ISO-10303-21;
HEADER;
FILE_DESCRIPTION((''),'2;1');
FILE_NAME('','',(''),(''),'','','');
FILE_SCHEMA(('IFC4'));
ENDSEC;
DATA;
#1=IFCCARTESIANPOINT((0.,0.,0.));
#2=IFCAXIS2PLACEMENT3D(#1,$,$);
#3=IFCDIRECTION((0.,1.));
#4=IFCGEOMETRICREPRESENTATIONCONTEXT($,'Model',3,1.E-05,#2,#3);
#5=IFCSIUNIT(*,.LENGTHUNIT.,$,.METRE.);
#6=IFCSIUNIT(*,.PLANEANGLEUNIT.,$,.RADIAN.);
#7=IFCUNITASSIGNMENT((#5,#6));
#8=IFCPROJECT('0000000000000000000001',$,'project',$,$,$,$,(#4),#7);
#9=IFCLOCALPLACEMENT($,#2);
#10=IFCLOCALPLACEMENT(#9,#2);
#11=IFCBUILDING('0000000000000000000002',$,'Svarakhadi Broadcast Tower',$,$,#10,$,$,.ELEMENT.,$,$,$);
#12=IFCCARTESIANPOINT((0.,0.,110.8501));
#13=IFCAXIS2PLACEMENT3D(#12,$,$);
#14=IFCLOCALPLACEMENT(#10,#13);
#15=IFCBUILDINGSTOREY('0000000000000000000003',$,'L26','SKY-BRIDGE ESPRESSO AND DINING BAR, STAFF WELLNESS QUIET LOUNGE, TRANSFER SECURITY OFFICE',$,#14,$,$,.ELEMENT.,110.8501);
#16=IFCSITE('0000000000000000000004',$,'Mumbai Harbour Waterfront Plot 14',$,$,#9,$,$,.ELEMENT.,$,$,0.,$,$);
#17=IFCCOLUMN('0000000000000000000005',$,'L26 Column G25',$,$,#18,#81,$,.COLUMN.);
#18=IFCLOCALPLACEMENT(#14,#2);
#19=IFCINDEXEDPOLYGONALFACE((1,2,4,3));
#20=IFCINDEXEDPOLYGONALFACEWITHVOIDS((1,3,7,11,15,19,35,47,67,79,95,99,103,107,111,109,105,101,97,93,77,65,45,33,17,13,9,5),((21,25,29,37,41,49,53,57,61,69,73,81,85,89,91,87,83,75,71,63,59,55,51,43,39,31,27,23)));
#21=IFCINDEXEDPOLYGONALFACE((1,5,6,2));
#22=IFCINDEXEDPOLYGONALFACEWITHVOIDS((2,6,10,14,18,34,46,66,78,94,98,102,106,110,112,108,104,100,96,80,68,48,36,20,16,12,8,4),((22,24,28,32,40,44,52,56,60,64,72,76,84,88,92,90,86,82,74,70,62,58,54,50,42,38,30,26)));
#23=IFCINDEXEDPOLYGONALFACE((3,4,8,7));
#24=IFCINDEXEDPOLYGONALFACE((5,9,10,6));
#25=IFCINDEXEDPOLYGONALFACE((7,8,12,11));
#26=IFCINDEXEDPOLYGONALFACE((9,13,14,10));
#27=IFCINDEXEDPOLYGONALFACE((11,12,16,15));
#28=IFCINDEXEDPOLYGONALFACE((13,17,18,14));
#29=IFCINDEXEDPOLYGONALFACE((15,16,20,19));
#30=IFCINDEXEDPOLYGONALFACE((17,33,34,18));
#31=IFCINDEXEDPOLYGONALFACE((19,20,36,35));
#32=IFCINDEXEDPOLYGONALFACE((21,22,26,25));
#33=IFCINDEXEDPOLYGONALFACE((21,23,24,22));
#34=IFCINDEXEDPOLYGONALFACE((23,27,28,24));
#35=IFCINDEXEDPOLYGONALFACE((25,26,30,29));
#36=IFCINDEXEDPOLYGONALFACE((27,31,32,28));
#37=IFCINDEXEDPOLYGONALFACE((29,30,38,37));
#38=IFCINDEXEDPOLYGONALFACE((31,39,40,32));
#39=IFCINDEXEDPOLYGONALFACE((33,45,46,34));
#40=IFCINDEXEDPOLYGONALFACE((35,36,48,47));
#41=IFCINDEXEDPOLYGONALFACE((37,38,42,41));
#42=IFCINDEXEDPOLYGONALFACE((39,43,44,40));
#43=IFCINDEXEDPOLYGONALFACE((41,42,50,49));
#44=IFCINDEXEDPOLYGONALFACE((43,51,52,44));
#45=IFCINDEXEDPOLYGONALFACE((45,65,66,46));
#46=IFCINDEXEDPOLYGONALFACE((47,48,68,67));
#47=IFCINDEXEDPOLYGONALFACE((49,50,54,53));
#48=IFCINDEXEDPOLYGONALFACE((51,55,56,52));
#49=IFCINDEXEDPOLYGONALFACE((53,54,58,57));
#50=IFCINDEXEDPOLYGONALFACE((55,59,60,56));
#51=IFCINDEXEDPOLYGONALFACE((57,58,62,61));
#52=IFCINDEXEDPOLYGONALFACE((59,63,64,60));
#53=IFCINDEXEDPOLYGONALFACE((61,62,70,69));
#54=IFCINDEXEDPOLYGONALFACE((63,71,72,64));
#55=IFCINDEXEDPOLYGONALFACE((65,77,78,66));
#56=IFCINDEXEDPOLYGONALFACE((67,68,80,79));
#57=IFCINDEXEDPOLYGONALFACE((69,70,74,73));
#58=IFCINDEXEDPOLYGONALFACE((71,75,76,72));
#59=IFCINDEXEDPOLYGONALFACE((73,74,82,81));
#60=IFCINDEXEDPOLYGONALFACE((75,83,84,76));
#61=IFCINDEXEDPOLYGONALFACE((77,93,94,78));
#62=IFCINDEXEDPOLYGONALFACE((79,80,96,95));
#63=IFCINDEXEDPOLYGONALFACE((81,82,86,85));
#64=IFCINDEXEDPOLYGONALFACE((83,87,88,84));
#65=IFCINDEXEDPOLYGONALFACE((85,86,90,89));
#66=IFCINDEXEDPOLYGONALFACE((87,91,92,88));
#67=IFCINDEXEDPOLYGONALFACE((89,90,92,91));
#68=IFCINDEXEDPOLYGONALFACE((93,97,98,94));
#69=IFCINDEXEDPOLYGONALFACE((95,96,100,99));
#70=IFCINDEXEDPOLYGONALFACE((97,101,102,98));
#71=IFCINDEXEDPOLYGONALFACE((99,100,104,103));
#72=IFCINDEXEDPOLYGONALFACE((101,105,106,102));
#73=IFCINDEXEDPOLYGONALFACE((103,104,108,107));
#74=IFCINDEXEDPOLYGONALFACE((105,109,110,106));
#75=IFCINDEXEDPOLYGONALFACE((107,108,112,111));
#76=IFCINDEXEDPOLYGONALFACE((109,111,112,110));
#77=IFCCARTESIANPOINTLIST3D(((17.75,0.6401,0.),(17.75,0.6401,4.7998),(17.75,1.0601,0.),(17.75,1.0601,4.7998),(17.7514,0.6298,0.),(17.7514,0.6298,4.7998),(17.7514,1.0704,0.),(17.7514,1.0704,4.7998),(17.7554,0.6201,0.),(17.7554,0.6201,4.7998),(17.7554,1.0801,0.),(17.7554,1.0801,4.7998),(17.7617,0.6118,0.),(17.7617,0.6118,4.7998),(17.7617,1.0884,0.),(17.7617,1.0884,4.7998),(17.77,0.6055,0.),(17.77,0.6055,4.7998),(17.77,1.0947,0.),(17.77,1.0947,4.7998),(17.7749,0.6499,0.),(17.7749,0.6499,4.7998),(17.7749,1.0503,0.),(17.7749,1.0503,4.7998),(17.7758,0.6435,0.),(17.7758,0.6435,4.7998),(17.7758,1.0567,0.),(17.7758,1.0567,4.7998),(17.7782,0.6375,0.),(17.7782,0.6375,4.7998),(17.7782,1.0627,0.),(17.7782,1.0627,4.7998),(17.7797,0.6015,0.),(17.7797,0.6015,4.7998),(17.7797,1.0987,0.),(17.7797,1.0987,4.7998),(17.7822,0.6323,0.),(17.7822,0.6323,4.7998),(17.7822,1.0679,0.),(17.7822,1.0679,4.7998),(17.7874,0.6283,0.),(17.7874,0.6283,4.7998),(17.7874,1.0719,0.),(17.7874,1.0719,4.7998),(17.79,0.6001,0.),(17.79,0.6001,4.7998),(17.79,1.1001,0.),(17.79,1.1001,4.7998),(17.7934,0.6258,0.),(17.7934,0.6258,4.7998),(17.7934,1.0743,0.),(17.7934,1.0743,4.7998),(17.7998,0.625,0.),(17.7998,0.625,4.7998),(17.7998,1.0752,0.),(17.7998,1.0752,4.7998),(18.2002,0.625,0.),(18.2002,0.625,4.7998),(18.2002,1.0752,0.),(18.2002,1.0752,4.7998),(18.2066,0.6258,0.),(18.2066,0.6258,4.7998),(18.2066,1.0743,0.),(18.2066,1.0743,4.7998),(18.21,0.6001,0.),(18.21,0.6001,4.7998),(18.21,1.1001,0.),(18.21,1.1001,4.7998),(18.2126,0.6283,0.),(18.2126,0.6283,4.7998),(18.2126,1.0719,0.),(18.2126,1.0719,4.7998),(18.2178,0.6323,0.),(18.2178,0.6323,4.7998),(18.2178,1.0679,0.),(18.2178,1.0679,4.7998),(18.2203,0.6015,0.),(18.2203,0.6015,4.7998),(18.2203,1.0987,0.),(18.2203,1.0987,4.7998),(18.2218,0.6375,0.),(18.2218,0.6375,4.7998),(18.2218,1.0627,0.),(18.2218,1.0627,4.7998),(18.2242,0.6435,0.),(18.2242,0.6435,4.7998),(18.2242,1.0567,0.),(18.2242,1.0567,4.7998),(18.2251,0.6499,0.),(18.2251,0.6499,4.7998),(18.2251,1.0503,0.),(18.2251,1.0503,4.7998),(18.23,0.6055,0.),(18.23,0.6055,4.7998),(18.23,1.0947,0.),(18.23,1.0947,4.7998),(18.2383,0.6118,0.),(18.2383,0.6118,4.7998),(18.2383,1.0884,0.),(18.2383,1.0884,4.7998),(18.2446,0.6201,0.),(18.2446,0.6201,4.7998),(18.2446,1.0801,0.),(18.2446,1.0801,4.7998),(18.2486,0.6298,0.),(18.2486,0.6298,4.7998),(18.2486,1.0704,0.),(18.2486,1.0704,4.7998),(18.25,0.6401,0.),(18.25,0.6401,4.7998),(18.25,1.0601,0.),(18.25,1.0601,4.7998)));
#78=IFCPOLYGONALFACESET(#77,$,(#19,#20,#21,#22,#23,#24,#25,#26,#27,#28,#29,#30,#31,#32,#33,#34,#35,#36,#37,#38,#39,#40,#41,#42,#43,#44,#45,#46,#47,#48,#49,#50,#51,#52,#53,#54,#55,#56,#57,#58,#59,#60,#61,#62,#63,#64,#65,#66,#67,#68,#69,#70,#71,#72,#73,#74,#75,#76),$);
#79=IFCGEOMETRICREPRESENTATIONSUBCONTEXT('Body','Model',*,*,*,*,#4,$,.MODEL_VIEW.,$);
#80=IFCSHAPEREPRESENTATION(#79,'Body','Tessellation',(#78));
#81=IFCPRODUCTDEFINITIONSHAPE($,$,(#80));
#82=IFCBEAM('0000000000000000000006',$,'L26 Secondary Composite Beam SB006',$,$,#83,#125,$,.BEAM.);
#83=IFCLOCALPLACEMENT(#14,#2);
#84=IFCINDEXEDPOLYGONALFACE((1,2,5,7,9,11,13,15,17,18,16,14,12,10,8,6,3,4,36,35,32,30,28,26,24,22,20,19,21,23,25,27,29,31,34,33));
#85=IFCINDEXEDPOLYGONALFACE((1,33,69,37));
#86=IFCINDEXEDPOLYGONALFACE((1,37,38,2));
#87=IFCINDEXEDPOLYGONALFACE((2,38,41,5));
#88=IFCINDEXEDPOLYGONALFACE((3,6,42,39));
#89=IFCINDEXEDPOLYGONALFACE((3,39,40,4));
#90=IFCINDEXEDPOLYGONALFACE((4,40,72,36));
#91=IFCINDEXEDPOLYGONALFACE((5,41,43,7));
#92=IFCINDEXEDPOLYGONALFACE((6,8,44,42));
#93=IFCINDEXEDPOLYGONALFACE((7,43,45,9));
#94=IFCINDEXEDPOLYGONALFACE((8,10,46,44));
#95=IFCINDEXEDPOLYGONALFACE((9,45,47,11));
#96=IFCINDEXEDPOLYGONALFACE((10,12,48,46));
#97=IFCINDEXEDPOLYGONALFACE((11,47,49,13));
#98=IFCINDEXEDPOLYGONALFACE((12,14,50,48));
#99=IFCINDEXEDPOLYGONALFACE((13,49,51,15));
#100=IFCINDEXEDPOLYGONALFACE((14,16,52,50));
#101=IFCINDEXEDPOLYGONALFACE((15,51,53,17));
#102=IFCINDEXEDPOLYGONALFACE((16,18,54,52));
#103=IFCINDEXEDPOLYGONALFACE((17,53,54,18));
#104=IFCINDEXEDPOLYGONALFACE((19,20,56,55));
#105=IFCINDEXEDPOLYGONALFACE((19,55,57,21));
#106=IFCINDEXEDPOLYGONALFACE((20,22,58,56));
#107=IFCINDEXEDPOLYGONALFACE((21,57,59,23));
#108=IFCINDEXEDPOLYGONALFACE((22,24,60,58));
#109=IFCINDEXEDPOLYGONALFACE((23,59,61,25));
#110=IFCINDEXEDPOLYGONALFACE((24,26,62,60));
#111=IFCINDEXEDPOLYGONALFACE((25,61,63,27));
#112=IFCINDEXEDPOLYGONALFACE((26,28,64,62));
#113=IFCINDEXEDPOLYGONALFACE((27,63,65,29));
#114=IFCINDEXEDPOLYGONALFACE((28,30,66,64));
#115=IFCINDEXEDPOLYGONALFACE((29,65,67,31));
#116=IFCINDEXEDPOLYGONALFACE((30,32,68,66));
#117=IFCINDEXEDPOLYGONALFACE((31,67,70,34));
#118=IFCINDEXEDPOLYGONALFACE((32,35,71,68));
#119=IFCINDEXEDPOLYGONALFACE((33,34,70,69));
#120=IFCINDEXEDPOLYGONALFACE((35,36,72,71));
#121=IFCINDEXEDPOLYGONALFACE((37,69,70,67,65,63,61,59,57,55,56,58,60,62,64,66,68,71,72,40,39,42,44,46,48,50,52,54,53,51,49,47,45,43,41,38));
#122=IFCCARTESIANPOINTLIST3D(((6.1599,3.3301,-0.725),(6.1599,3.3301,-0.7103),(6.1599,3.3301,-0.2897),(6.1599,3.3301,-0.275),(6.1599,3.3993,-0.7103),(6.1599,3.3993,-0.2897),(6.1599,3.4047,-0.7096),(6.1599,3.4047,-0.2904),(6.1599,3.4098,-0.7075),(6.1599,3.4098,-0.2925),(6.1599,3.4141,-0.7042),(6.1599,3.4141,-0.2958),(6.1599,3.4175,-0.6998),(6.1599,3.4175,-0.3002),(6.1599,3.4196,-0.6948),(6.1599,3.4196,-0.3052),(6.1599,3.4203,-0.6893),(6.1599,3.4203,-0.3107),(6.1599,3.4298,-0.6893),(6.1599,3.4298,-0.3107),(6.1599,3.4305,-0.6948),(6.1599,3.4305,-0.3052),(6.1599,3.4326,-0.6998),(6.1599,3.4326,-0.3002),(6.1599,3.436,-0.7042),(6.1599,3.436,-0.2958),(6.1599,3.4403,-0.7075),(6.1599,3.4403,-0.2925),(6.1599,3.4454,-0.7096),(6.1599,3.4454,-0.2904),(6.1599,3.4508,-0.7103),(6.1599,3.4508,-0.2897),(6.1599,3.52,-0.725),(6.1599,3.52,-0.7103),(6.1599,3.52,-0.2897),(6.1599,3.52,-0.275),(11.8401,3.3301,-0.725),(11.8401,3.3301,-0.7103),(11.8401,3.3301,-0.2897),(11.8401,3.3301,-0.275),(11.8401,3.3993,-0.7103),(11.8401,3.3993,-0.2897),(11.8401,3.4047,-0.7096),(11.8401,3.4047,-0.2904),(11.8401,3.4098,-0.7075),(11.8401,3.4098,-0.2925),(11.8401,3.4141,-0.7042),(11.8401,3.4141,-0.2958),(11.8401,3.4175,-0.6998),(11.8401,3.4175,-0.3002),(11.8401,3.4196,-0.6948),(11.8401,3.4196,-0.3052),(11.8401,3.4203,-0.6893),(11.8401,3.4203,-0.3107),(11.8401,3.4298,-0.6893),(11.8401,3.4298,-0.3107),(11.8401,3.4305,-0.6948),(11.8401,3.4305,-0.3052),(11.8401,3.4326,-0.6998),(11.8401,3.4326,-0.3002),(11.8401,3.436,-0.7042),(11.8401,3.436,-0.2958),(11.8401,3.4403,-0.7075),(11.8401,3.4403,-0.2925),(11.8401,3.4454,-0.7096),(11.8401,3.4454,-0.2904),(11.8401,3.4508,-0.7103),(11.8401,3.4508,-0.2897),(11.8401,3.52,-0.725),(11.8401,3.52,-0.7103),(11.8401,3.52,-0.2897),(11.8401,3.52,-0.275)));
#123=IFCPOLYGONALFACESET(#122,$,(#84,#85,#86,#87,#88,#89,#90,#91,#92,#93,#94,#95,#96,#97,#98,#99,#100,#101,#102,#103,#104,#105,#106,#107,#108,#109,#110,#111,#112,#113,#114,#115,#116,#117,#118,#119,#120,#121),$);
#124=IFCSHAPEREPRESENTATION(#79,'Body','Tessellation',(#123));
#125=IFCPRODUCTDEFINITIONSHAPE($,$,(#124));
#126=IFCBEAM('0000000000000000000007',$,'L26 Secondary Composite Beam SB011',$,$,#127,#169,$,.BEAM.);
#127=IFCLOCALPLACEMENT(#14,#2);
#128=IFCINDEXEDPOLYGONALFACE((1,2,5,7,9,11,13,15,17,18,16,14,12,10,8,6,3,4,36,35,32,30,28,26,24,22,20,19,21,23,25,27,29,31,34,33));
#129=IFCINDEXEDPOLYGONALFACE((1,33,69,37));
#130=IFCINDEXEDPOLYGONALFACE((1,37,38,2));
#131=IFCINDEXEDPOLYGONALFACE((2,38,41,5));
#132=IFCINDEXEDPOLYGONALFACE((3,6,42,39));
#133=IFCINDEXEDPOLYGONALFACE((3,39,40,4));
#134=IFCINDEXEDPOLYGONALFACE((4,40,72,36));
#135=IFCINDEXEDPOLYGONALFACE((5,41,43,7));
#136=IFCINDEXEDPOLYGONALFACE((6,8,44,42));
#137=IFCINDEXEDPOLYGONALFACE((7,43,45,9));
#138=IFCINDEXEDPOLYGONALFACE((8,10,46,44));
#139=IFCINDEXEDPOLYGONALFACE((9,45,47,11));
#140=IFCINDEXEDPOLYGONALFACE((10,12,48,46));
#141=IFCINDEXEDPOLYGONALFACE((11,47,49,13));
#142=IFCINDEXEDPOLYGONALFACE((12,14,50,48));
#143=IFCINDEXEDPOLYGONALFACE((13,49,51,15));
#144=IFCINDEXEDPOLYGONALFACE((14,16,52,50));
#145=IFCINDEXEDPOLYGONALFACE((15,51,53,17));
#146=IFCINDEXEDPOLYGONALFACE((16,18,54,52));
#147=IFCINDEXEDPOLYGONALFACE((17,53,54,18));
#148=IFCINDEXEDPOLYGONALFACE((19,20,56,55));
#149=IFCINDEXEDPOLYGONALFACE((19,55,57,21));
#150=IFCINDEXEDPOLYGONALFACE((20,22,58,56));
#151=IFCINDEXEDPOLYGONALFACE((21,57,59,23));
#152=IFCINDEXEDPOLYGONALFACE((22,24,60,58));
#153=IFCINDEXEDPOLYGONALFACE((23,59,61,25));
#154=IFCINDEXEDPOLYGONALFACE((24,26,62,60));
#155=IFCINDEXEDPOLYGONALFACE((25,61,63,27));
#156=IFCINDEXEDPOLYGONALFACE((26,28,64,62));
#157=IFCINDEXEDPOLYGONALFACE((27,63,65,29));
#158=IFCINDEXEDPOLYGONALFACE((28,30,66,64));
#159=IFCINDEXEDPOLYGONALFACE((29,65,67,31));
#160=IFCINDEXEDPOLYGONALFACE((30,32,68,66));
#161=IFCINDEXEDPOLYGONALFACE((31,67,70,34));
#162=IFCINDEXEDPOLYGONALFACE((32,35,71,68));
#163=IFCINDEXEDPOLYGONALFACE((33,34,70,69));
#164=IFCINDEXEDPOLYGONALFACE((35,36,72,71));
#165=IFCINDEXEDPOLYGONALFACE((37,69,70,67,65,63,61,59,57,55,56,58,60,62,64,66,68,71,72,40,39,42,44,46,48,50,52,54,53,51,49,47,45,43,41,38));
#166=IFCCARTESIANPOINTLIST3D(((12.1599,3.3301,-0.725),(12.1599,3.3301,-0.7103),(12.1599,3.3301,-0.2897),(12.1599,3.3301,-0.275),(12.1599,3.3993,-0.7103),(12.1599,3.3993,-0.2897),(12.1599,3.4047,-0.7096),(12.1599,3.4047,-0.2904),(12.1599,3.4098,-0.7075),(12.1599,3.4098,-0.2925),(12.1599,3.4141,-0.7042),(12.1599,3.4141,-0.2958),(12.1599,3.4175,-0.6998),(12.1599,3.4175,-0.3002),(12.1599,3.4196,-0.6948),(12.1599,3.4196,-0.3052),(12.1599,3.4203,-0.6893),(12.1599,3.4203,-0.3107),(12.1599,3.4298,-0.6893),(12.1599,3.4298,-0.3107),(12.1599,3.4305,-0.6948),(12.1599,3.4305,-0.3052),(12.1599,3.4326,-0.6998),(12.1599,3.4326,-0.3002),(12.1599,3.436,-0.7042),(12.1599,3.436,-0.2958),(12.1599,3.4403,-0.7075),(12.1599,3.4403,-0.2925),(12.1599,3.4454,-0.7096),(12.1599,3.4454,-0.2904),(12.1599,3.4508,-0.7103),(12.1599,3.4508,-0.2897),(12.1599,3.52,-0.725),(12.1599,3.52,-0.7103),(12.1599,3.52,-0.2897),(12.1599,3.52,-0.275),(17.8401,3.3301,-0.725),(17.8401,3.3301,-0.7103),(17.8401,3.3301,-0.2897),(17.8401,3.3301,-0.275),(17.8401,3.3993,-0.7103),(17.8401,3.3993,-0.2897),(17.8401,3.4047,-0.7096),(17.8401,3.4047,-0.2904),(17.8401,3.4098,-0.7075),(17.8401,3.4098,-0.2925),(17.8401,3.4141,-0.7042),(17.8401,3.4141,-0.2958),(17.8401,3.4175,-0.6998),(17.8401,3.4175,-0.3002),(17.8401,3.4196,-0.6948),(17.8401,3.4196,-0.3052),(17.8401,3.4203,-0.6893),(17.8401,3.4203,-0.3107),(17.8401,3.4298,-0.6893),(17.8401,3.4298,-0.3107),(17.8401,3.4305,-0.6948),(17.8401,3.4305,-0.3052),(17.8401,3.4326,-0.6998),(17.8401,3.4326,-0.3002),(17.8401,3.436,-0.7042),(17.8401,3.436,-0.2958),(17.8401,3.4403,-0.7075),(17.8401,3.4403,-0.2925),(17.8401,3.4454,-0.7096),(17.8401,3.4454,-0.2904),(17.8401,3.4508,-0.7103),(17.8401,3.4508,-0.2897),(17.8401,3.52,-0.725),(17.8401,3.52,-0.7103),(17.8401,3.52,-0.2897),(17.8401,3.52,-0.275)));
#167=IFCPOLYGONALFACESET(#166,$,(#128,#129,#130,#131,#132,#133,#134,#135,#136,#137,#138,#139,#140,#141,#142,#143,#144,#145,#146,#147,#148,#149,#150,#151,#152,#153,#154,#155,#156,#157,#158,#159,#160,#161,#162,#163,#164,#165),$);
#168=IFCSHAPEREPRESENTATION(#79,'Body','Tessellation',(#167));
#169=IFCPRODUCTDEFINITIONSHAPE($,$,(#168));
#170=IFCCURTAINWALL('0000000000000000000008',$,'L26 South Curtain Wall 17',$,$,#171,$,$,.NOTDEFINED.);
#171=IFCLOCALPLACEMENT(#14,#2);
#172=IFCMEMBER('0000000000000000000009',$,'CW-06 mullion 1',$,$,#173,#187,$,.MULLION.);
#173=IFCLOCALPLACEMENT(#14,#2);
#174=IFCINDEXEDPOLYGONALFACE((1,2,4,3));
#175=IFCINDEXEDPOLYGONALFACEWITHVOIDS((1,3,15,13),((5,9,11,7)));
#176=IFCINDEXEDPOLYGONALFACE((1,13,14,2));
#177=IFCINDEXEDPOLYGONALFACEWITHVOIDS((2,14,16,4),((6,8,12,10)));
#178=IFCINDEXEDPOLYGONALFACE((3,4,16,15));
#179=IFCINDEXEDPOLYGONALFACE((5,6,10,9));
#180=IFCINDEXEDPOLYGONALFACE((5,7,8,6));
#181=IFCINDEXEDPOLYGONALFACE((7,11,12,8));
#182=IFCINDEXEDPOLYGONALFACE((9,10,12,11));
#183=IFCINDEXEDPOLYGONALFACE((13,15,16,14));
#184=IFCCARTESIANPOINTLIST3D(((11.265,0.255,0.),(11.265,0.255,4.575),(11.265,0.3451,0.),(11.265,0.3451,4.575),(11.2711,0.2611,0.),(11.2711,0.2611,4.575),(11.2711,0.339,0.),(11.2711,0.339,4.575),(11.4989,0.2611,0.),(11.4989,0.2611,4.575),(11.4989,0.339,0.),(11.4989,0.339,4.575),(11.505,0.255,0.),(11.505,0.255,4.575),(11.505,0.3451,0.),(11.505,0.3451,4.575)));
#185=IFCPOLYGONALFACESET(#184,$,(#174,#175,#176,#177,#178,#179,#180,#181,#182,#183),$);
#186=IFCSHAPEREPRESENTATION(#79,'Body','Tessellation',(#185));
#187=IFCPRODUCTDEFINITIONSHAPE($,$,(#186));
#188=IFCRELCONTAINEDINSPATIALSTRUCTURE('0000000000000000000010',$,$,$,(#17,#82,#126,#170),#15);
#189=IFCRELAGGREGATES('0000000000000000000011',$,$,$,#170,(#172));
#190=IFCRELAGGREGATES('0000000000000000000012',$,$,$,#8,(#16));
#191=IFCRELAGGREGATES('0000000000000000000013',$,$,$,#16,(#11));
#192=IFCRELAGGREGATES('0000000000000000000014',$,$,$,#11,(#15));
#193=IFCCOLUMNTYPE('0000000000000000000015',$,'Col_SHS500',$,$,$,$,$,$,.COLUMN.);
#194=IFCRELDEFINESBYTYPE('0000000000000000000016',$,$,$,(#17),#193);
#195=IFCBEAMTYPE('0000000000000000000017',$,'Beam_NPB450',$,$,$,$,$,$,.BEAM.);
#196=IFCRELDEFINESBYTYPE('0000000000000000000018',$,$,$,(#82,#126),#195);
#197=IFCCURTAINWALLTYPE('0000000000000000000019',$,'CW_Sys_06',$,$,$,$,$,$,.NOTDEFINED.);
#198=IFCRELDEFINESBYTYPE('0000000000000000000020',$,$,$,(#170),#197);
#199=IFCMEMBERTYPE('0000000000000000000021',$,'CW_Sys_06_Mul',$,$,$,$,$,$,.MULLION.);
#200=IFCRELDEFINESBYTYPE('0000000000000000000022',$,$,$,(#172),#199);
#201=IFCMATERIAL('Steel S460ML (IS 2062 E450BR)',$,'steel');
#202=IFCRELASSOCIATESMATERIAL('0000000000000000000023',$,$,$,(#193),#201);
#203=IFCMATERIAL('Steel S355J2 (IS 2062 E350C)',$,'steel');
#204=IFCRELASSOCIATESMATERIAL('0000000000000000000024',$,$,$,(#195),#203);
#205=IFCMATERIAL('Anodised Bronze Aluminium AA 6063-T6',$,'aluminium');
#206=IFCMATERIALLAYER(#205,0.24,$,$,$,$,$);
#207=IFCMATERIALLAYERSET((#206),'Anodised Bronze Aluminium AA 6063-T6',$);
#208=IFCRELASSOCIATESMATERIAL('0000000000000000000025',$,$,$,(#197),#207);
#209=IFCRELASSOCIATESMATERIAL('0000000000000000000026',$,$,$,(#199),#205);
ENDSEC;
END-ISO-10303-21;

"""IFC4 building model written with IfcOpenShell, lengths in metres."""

from ifc_helpers import new_model, si_unit, direction, frame, origin, origin_2d, place, context, subcontext, project, spatial, hollow_rectangle, i_section, extrude, material, layer, layer_set, material_profile, profile_set, type_object, element, aggregate, save


model = new_model("IFC4")

# Units and contexts
model_context = context("Model", 3, precision=1e-05, world=origin(), true_north=direction((0.0, 1.0)))
body_context = subcontext(model_context, "Body", "Model", "MODEL_VIEW")
ifc_project = project(units=[si_unit("LENGTHUNIT", "METRE"), si_unit("PLANEANGLEUNIT", "RADIAN")], contexts=[model_context])

# Site, building, storey
site_placement = place(None, origin())
site = spatial("IfcSite", under=ifc_project, at=site_placement, Name="Mumbai Harbour Waterfront Plot 14", CompositionType="ELEMENT", RefElevation=0.0)
building_placement = place(site_placement, origin())
building = spatial("IfcBuilding", under=site, at=building_placement, Name="Svarakhadi Broadcast Tower", CompositionType="ELEMENT")
storey_placement = place(building_placement, frame((0.0, 0.0, 110.8501)))
storey = spatial("IfcBuildingStorey", under=building, at=storey_placement, Name="L26", Description="SKY-BRIDGE ESPRESSO AND DINING BAR, STAFF WELLNESS QUIET LOUNGE, TRANSFER SECURITY OFFICE", CompositionType="ELEMENT", Elevation=110.8501)

# Column
ifc_material_1 = material(Name="Steel S460ML (IS 2062 E450BR)", Category="steel")
ifc_material_profile_1 = material_profile(ifc_material_1, hollow_rectangle(XDim=0.5, YDim=0.5, WallThickness=0.0249, InnerFilletRadius=0.0249, OuterFilletRadius=0.04, at=origin_2d()), Name="SHS 500x500x25")
ifc_profile_set_1 = profile_set([ifc_material_profile_1], Name="Steel S460ML (IS 2062 E450BR)")
column_type_1 = type_object("IfcColumnType", Name="Col_SHS500", PredefinedType="COLUMN", material=ifc_profile_set_1)
for number, where, z_axis, x_axis, name in (
    (1, (18.0, 0.8501, 0.0), (0.0, 0.0, 1.0), (1.0, 0.0, 0.0), "L26 Column G25"),
):
    element("IfcColumn", number, at=place(storey_placement, frame(where, z_axis=z_axis, x_axis=x_axis)), inside=storey, type_object=column_type_1, Name=name, PredefinedType="COLUMN", context=body_context, shape_type="SweptSolid", body=[
        extrude(hollow_rectangle(XDim=0.5, YDim=0.5, WallThickness=0.0249, InnerFilletRadius=0.0249, OuterFilletRadius=0.04, at=origin_2d()), origin(), (0.0, 0.0, 1.0), 4.7998),
    ])

# Beams
ifc_material_2 = material(Name="Steel S355J2 (IS 2062 E350C)", Category="steel")
ifc_material_profile_2 = material_profile(ifc_material_2, i_section(OverallWidth=0.1899, OverallDepth=0.45, WebThickness=0.0095, FlangeThickness=0.0146, FilletRadius=0.021, at=origin_2d()), Name="NPB 450x190x78")
ifc_profile_set_2 = profile_set([ifc_material_profile_2], Name="Steel S355J2 (IS 2062 E350C)")
beam_type_1 = type_object("IfcBeamType", Name="Beam_NPB450", PredefinedType="BEAM", material=ifc_profile_set_2)
for number, where, z_axis, x_axis, name in (
    (2, (6.1599, 3.425, -0.5), (1.0, 0.0, 0.0), (0.0, 1.0, 0.0), "L26 Secondary Composite Beam SB006"),
    (3, (12.1599, 3.425, -0.5), (1.0, 0.0, 0.0), (0.0, 1.0, 0.0), "L26 Secondary Composite Beam SB011"),
):
    element("IfcBeam", number, at=place(storey_placement, frame(where, z_axis=z_axis, x_axis=x_axis)), inside=storey, type_object=beam_type_1, Name=name, PredefinedType="BEAM", context=body_context, shape_type="SweptSolid", body=[
        extrude(i_section(OverallWidth=0.1899, OverallDepth=0.45, WebThickness=0.0095, FlangeThickness=0.0146, FilletRadius=0.021, at=origin_2d()), origin(), (0.0, 0.0, 1.0), 5.6802),
    ])

# Curtain wall, member
ifc_material_3 = material(Name="Anodised Bronze Aluminium AA 6063-T6", Category="aluminium")
ifc_layer_1 = layer(ifc_material_3, 0.24)
ifc_layer_set_1 = layer_set([ifc_layer_1], Name="Anodised Bronze Aluminium AA 6063-T6")
curtain_wall_type = type_object("IfcCurtainWallType", Name="CW_Sys_06", PredefinedType="NOTDEFINED", material=ifc_layer_set_1)
curtain_wall_1_placement = place(storey_placement, origin())
curtain_wall_1 = element("IfcCurtainWall", 4, at=curtain_wall_1_placement, inside=storey, type_object=curtain_wall_type, Name="L26 South Curtain Wall 17", PredefinedType="NOTDEFINED")
ifc_material_profile_3 = material_profile(ifc_material_3, hollow_rectangle(XDim=0.0901, YDim=0.24, WallThickness=0.0061, at=origin_2d()), Name="ALU MULLION 240x90x6")
ifc_profile_set_3 = profile_set([ifc_material_profile_3], Name="Anodised Bronze Aluminium AA 6063-T6")
member_type_1 = type_object("IfcMemberType", Name="CW_Sys_06_Mul", PredefinedType="MULLION", material=ifc_profile_set_3)
member_1_placement = place(storey_placement, frame((11.385, 0.3, 0.0), z_axis=(0.0, 0.0, 1.0), x_axis=(0.0, -1.0, 0.0)))
member_1 = element("IfcMember", 5, at=member_1_placement, type_object=member_type_1, Name="CW-06 mullion 1", PredefinedType="MULLION", context=body_context, shape_type="SweptSolid", body=[
    extrude(hollow_rectangle(XDim=0.0901, YDim=0.24, WallThickness=0.0061, at=origin_2d()), origin(), (0.0, 0.0, 1.0), 4.575),
])

aggregate(curtain_wall_1, [member_1])

save(model, "model.ifc")
